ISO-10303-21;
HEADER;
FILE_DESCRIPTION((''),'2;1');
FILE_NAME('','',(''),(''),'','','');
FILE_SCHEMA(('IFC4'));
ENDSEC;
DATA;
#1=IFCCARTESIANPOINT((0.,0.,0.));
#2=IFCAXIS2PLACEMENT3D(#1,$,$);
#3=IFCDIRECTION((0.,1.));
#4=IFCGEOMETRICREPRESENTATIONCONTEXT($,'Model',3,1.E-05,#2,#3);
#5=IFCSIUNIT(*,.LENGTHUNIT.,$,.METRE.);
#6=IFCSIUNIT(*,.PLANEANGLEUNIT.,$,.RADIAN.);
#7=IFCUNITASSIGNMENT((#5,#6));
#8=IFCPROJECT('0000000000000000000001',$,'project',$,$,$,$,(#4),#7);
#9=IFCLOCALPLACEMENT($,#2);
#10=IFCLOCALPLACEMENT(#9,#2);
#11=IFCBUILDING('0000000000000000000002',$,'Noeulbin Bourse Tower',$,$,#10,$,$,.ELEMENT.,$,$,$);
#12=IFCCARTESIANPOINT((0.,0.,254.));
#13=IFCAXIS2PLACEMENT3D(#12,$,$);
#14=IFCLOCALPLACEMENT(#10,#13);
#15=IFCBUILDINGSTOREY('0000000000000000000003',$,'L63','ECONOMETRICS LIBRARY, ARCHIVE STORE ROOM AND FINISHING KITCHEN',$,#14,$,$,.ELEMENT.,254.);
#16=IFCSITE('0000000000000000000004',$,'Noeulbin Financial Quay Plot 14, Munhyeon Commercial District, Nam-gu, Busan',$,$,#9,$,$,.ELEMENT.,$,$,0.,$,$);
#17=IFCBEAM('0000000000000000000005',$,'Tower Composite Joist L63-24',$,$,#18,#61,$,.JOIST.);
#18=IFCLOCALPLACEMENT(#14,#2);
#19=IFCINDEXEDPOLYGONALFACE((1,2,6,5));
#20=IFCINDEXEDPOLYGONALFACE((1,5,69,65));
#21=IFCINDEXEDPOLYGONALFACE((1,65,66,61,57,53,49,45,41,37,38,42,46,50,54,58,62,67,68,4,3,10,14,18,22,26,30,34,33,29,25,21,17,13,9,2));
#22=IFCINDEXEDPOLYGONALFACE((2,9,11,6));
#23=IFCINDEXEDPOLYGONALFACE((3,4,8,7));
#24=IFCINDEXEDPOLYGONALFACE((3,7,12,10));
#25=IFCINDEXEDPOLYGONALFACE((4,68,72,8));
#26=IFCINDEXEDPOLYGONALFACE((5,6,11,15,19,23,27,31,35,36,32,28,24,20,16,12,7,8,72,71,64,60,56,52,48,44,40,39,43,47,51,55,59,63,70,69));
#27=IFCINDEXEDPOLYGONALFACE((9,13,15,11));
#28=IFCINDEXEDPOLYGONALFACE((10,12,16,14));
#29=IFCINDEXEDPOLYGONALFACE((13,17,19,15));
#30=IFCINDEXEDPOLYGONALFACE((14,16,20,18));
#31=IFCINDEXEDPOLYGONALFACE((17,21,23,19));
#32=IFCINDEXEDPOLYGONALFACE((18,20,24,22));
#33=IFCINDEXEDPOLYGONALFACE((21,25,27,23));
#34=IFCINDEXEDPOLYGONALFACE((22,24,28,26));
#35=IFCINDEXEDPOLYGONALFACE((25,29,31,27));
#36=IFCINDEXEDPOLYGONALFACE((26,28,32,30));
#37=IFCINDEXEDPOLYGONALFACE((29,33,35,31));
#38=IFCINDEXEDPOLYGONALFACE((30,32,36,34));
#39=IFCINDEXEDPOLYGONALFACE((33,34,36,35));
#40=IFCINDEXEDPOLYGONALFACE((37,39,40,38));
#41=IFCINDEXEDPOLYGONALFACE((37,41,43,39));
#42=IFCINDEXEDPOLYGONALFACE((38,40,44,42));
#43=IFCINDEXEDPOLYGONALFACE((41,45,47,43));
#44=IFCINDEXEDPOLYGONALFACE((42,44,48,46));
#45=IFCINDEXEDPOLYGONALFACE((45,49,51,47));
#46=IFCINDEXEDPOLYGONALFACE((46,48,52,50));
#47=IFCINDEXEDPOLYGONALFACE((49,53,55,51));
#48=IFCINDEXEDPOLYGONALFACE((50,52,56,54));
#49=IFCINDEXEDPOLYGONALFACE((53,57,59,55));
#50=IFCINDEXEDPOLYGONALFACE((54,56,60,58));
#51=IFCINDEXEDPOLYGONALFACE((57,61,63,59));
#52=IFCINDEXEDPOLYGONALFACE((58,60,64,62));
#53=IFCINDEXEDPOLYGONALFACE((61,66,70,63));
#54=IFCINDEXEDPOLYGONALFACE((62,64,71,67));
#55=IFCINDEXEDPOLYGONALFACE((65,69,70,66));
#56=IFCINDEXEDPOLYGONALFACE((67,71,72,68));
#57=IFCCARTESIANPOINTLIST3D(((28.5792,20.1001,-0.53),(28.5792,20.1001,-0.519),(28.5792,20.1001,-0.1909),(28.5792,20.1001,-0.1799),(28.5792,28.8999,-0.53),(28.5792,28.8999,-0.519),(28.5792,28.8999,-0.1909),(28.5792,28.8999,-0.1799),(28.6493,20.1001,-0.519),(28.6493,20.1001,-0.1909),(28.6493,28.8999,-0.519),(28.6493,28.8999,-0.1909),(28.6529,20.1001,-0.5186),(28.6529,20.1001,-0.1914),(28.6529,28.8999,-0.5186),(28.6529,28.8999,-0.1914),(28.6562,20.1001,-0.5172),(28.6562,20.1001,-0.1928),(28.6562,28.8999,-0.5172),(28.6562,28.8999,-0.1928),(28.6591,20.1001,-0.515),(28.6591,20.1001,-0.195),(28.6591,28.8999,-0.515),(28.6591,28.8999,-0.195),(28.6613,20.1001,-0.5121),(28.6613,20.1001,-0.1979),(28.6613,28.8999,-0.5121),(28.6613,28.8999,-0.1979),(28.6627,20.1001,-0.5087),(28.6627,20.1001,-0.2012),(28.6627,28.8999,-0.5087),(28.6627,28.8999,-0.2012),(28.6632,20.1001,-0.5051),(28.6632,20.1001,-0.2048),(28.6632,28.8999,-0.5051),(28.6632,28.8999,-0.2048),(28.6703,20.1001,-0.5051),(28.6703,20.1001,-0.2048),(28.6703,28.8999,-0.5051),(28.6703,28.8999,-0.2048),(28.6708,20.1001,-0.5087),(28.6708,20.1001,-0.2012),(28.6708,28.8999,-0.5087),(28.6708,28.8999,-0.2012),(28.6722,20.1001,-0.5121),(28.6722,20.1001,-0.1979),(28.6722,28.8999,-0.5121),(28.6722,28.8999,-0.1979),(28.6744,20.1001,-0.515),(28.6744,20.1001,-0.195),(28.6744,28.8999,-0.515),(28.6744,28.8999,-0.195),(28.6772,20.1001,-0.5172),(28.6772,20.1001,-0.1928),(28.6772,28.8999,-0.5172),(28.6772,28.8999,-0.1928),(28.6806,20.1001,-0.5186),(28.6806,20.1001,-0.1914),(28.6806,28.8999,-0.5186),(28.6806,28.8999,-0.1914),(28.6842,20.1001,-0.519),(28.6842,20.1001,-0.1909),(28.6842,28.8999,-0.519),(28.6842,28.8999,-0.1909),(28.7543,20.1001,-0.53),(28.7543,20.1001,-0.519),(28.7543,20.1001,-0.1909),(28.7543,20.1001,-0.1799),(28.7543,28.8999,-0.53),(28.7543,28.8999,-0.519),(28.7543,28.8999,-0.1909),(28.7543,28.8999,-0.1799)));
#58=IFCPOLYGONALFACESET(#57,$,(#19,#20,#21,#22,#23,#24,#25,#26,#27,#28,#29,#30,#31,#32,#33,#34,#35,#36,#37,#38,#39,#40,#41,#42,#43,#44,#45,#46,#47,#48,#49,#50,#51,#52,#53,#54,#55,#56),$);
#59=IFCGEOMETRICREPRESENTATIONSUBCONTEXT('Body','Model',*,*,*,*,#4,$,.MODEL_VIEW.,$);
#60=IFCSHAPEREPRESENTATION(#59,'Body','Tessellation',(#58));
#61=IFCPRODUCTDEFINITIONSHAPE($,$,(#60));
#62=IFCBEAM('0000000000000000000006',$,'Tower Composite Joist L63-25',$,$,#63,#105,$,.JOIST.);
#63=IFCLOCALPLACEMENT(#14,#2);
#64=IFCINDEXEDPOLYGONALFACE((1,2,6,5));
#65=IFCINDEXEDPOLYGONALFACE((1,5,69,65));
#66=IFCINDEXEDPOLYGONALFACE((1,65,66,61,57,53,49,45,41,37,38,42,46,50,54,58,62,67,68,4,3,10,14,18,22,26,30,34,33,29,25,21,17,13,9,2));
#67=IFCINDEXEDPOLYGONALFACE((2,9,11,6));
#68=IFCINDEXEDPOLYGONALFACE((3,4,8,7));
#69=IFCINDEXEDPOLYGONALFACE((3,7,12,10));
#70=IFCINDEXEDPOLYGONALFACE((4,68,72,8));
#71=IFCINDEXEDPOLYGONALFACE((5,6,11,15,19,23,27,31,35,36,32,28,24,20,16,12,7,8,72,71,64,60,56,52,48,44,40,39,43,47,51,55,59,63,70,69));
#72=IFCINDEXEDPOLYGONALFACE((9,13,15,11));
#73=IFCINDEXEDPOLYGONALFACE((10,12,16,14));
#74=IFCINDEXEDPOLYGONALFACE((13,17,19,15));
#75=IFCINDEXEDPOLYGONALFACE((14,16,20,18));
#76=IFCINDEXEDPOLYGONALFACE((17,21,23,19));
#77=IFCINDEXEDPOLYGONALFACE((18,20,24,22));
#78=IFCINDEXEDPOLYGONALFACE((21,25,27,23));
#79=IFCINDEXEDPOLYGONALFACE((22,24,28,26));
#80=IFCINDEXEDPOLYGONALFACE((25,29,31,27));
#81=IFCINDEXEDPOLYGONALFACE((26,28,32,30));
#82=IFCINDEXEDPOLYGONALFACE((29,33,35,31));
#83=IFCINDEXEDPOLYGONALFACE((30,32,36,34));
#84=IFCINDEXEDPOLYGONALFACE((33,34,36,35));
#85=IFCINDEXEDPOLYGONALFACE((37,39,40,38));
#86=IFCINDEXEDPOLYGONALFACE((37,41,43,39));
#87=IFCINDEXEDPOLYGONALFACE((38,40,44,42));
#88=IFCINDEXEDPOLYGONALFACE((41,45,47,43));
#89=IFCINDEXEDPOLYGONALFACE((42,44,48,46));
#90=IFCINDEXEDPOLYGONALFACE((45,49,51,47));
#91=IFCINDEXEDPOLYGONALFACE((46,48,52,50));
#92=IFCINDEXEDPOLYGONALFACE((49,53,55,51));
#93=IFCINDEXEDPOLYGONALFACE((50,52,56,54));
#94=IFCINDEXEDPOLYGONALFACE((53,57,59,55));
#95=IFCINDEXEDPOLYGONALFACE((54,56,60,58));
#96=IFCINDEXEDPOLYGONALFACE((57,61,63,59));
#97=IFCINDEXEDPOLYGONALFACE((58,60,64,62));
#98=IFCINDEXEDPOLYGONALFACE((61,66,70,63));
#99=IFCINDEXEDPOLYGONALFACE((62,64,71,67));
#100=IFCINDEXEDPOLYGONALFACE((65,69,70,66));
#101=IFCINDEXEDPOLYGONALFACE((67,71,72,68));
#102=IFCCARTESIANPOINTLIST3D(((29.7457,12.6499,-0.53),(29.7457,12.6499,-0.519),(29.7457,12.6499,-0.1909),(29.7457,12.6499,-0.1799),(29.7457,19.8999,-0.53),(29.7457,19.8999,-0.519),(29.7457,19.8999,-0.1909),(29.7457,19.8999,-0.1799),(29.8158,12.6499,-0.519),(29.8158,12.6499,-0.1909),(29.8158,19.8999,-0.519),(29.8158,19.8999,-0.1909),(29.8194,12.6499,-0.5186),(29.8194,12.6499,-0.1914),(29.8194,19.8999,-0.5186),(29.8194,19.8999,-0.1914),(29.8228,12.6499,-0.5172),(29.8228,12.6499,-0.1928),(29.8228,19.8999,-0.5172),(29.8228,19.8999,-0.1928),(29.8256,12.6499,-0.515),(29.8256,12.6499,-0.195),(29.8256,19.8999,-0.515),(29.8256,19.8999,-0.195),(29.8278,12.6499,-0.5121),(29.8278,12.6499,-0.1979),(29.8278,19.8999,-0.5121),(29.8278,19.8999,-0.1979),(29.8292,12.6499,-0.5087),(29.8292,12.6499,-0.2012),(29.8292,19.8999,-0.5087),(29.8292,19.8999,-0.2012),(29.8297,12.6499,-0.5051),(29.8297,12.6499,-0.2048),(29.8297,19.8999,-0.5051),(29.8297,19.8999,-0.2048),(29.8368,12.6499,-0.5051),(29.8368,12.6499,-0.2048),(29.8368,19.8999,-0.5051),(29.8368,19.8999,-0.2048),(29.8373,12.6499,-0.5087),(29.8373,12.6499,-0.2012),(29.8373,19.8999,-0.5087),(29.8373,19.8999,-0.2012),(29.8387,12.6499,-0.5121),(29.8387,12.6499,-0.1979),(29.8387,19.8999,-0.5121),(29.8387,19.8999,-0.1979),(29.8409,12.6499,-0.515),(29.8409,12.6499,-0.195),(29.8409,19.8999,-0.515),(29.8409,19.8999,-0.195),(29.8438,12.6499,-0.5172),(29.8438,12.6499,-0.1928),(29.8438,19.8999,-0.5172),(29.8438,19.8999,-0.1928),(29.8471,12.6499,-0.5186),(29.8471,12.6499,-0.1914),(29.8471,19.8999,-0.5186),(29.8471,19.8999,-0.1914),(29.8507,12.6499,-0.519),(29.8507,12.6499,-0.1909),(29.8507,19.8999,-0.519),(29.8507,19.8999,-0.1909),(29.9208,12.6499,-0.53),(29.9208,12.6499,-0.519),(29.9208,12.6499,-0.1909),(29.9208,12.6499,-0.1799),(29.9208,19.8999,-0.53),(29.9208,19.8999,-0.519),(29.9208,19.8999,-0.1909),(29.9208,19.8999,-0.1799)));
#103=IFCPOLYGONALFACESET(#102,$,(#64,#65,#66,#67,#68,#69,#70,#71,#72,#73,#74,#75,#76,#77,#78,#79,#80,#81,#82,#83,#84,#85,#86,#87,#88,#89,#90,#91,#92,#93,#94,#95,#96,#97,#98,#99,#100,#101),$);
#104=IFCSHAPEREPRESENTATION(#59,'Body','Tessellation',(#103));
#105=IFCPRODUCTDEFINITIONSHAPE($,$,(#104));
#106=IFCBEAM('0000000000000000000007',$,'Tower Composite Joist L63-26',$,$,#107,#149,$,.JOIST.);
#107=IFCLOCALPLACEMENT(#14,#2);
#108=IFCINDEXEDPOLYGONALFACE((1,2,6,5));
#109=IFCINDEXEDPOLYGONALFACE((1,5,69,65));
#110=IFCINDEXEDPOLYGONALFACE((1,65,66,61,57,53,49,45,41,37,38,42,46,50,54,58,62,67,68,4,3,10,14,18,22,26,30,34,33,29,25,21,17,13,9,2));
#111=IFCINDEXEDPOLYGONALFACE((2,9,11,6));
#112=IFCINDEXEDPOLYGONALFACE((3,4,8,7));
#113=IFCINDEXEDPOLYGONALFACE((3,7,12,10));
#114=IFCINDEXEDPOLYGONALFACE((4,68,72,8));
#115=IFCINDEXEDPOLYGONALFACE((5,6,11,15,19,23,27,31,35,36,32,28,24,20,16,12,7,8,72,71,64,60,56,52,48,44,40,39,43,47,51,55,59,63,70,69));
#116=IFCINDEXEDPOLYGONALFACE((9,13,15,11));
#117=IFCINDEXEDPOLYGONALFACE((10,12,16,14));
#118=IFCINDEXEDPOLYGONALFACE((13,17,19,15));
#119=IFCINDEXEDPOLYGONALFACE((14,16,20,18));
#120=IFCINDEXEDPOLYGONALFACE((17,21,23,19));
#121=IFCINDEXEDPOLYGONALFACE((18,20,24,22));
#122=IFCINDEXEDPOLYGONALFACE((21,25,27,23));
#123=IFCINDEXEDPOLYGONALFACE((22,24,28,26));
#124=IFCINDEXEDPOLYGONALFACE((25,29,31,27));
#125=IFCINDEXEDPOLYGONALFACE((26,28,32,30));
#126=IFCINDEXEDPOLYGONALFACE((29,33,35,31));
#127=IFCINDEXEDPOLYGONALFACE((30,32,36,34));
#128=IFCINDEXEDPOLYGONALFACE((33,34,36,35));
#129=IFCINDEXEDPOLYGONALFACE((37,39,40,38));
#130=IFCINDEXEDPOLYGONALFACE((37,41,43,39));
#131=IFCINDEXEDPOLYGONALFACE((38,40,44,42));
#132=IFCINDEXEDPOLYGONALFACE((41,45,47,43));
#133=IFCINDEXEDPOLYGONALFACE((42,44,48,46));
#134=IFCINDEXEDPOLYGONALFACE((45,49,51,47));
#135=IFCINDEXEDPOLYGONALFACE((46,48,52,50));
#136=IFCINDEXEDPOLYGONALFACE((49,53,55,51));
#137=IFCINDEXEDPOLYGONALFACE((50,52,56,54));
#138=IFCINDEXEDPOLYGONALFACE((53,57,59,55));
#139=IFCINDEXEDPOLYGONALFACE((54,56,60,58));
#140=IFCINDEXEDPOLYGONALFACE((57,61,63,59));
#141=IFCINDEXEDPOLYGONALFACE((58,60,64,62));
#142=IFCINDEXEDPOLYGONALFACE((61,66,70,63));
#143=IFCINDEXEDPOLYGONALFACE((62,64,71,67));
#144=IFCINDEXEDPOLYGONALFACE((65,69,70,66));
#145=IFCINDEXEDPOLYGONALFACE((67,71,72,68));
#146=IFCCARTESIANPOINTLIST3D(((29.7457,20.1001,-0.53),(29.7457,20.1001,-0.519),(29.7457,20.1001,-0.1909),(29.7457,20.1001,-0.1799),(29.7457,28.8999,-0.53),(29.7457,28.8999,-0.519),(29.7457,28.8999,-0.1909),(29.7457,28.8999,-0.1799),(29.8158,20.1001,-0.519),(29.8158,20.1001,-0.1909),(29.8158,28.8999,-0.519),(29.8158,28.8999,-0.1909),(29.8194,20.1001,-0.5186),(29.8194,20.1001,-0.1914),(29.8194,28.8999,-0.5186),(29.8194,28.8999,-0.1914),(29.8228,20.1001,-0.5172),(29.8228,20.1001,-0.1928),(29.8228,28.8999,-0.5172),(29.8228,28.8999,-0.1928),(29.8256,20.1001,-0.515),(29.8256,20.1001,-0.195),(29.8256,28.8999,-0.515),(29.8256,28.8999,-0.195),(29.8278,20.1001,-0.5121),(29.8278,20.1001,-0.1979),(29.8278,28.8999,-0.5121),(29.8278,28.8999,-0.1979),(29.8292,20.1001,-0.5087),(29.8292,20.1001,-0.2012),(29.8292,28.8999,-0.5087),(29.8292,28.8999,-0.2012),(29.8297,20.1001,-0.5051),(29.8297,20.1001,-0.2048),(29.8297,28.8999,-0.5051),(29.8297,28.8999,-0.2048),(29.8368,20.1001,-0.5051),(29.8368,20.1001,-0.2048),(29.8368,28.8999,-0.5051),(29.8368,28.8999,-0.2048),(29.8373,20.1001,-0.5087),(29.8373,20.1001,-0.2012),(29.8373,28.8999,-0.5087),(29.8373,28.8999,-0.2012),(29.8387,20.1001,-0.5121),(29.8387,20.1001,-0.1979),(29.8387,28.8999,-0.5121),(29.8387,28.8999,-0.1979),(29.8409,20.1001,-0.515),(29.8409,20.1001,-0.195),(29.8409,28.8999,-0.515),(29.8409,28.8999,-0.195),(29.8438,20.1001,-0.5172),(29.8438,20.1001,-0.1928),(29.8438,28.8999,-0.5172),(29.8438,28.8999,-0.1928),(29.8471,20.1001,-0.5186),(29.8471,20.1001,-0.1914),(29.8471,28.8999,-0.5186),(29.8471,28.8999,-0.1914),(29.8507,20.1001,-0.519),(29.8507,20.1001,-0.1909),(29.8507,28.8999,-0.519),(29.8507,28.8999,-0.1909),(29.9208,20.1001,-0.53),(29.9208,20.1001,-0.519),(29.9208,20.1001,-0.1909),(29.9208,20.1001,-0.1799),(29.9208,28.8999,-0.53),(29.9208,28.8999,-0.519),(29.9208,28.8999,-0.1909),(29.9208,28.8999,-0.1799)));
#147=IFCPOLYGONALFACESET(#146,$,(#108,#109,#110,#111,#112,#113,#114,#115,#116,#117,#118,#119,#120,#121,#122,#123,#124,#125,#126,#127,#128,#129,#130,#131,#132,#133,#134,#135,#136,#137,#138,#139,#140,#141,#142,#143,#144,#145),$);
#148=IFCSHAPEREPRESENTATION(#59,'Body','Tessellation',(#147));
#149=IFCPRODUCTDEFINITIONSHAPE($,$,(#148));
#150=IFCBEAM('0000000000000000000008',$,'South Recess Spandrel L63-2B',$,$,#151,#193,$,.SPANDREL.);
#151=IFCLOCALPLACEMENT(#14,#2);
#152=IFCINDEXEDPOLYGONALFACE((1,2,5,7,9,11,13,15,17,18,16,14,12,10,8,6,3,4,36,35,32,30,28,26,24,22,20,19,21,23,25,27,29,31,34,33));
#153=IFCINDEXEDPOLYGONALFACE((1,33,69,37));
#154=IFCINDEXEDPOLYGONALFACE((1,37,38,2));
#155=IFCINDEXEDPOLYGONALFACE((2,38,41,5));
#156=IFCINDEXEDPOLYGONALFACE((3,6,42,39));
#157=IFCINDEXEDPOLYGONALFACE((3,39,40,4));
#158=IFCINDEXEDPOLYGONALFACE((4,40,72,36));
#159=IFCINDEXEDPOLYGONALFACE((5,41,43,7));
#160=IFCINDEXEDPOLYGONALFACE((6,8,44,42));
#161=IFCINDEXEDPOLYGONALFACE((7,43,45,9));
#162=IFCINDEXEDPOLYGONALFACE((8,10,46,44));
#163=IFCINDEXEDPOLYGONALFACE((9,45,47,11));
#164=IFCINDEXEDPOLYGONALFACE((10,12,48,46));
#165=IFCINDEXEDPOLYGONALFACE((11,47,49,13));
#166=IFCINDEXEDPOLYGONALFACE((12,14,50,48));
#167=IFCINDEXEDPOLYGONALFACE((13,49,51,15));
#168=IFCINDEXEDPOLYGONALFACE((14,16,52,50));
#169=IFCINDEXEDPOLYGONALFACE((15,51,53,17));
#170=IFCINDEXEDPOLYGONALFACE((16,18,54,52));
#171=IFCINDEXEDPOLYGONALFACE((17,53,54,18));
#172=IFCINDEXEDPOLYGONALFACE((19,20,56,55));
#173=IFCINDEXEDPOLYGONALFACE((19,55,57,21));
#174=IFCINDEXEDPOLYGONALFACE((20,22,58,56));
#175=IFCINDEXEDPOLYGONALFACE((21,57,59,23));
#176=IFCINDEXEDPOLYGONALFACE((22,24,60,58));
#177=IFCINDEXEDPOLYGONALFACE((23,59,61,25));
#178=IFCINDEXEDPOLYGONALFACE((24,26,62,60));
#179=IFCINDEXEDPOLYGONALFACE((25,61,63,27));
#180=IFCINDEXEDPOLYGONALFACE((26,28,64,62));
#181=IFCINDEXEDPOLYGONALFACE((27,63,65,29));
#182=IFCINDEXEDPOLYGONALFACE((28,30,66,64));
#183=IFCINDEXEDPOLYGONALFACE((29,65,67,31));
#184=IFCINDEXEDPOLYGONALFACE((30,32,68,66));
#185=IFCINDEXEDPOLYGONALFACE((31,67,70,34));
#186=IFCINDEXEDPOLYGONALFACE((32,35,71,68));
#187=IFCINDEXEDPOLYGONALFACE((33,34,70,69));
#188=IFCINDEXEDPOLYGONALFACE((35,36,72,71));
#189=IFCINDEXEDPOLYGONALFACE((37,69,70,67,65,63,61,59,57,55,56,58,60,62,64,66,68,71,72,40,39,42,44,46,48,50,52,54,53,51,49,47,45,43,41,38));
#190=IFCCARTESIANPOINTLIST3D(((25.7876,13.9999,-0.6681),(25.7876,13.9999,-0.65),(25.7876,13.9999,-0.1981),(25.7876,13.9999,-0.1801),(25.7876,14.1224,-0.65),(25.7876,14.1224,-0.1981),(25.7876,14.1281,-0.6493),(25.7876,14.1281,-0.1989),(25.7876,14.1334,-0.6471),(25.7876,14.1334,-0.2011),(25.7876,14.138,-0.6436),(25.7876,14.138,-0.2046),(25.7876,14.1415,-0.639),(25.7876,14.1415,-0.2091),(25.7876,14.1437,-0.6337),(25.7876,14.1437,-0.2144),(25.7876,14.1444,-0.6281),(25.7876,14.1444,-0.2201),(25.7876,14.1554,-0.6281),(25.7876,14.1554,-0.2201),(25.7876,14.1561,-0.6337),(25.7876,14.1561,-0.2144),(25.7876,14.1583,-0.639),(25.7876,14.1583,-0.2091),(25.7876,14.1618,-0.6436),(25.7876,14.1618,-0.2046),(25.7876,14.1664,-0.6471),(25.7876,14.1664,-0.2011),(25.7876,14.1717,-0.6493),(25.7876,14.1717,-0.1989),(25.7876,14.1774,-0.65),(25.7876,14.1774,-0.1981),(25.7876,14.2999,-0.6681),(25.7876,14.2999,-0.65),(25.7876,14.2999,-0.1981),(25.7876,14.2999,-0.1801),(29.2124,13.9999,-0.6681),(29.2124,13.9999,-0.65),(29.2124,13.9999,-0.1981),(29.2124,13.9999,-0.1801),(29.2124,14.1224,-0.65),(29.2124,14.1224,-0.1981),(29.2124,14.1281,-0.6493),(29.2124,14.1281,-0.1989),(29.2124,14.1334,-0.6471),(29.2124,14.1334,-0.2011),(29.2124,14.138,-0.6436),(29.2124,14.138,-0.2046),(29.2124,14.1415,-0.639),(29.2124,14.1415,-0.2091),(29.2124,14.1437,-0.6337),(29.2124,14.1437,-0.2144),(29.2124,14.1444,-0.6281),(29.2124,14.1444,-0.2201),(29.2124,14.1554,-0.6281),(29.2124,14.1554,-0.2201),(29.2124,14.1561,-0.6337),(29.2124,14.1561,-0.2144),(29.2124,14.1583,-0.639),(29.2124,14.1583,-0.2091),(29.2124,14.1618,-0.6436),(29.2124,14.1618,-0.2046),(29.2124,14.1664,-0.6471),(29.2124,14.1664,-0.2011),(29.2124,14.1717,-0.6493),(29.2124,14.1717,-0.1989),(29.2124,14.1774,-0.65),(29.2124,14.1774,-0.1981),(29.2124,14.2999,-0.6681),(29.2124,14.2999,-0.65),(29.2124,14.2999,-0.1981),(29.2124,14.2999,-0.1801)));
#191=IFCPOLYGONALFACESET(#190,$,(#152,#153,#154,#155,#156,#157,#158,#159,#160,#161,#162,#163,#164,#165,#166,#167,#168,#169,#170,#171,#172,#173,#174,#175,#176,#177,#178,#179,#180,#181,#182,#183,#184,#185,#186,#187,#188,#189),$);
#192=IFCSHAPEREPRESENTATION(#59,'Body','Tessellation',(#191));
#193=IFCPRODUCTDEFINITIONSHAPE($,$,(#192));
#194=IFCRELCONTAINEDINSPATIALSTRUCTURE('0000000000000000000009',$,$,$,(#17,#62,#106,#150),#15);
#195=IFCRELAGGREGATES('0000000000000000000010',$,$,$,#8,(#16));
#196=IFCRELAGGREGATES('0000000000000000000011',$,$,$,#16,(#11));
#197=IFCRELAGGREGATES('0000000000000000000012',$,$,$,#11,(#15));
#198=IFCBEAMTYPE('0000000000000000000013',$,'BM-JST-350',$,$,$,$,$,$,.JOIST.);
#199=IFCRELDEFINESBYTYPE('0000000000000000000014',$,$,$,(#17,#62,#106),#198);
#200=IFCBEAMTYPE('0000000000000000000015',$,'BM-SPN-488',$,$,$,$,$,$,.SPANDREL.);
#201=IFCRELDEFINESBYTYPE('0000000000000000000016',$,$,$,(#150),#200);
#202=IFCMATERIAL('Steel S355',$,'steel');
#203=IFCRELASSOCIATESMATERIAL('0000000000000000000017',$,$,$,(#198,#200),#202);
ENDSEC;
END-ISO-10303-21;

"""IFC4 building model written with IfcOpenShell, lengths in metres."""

from ifc_helpers import new_model, si_unit, direction, frame, origin, origin_2d, place, context, subcontext, project, spatial, i_section, extrude, material, material_profile, profile_set, type_object, element, save


model = new_model("IFC4")

# Units and contexts
model_context = context("Model", 3, precision=1e-05, world=origin(), true_north=direction((0.0, 1.0)))
body_context = subcontext(model_context, "Body", "Model", "MODEL_VIEW")
ifc_project = project(units=[si_unit("LENGTHUNIT", "METRE"), si_unit("PLANEANGLEUNIT", "RADIAN")], contexts=[model_context])

# Site, building, storey
site_placement = place(None, origin())
site = spatial("IfcSite", under=ifc_project, at=site_placement, Name="Noeulbin Financial Quay Plot 14, Munhyeon Commercial District, Nam-gu, Busan", CompositionType="ELEMENT", RefElevation=0.0)
building_placement = place(site_placement, origin())
building = spatial("IfcBuilding", under=site, at=building_placement, Name="Noeulbin Bourse Tower", CompositionType="ELEMENT")
storey_placement = place(building_placement, frame((0.0, 0.0, 254.0)))
storey = spatial("IfcBuildingStorey", under=building, at=storey_placement, Name="L63", Description="ECONOMETRICS LIBRARY, ARCHIVE STORE ROOM AND FINISHING KITCHEN", CompositionType="ELEMENT", Elevation=254.0)

# Shared definitions
ifc_material_1 = material(Name="Steel S355", Category="steel")

# Beams
ifc_material_profile_1 = material_profile(ifc_material_1, i_section(OverallWidth=0.175, OverallDepth=0.3501, WebThickness=0.0071, FlangeThickness=0.011, FilletRadius=0.0139, at=origin_2d()), Name="H-350x175x7x11", Category="LoadBearing")
ifc_profile_set_1 = profile_set([ifc_material_profile_1], Name="Steel S355")
beam_type_1 = type_object("IfcBeamType", Name="BM-JST-350", PredefinedType="JOIST", material=ifc_profile_set_1)
beam_1_placement = place(storey_placement, frame((28.6667, 20.1001, -0.355), z_axis=(0.0, 1.0, 0.0), x_axis=(-1.0, 0.0, 0.0)))
element("IfcBeam", 1, at=beam_1_placement, inside=storey, type_object=beam_type_1, Name="Tower Composite Joist L63-24", PredefinedType="JOIST", context=body_context, shape_type="SweptSolid", body=[
    extrude(i_section(OverallWidth=0.175, OverallDepth=0.3501, WebThickness=0.0071, FlangeThickness=0.011, FilletRadius=0.0139, at=origin_2d()), origin(), (0.0, 0.0, 1.0), 8.7998),
])
beam_2_placement = place(storey_placement, frame((29.8333, 12.6499, -0.355), z_axis=(0.0, 1.0, 0.0), x_axis=(-1.0, 0.0, 0.0)))
element("IfcBeam", 2, at=beam_2_placement, inside=storey, type_object=beam_type_1, Name="Tower Composite Joist L63-25", PredefinedType="JOIST", context=body_context, shape_type="SweptSolid", body=[
    extrude(i_section(OverallWidth=0.175, OverallDepth=0.3501, WebThickness=0.0071, FlangeThickness=0.011, FilletRadius=0.0139, at=origin_2d()), origin(), (0.0, 0.0, 1.0), 7.25),
])
beam_3_placement = place(storey_placement, frame((29.8333, 20.1001, -0.355), z_axis=(0.0, 1.0, 0.0), x_axis=(-1.0, 0.0, 0.0)))
element("IfcBeam", 3, at=beam_3_placement, inside=storey, type_object=beam_type_1, Name="Tower Composite Joist L63-26", PredefinedType="JOIST", context=body_context, shape_type="SweptSolid", body=[
    extrude(i_section(OverallWidth=0.175, OverallDepth=0.3501, WebThickness=0.0071, FlangeThickness=0.011, FilletRadius=0.0139, at=origin_2d()), origin(), (0.0, 0.0, 1.0), 8.7998),
])
ifc_material_profile_2 = material_profile(ifc_material_1, i_section(OverallWidth=0.3, OverallDepth=0.488, WebThickness=0.011, FlangeThickness=0.0181, FilletRadius=0.022, at=origin_2d()), Name="H-488x300x11x18", Category="LoadBearing")
ifc_profile_set_2 = profile_set([ifc_material_profile_2], Name="Steel S355")
beam_type_2 = type_object("IfcBeamType", Name="BM-SPN-488", PredefinedType="SPANDREL", material=ifc_profile_set_2)
beam_4_placement = place(storey_placement, frame((25.7876, 14.1499, -0.4241), z_axis=(1.0, 0.0, 0.0), x_axis=(0.0, 1.0, 0.0)))
element("IfcBeam", 4, at=beam_4_placement, inside=storey, type_object=beam_type_2, Name="South Recess Spandrel L63-2B", PredefinedType="SPANDREL", context=body_context, shape_type="SweptSolid", body=[
    extrude(i_section(OverallWidth=0.3, OverallDepth=0.488, WebThickness=0.011, FlangeThickness=0.0181, FilletRadius=0.022, at=origin_2d()), origin(), (0.0, 0.0, 1.0), 3.4248),
])

save(model, "model.ifc")
